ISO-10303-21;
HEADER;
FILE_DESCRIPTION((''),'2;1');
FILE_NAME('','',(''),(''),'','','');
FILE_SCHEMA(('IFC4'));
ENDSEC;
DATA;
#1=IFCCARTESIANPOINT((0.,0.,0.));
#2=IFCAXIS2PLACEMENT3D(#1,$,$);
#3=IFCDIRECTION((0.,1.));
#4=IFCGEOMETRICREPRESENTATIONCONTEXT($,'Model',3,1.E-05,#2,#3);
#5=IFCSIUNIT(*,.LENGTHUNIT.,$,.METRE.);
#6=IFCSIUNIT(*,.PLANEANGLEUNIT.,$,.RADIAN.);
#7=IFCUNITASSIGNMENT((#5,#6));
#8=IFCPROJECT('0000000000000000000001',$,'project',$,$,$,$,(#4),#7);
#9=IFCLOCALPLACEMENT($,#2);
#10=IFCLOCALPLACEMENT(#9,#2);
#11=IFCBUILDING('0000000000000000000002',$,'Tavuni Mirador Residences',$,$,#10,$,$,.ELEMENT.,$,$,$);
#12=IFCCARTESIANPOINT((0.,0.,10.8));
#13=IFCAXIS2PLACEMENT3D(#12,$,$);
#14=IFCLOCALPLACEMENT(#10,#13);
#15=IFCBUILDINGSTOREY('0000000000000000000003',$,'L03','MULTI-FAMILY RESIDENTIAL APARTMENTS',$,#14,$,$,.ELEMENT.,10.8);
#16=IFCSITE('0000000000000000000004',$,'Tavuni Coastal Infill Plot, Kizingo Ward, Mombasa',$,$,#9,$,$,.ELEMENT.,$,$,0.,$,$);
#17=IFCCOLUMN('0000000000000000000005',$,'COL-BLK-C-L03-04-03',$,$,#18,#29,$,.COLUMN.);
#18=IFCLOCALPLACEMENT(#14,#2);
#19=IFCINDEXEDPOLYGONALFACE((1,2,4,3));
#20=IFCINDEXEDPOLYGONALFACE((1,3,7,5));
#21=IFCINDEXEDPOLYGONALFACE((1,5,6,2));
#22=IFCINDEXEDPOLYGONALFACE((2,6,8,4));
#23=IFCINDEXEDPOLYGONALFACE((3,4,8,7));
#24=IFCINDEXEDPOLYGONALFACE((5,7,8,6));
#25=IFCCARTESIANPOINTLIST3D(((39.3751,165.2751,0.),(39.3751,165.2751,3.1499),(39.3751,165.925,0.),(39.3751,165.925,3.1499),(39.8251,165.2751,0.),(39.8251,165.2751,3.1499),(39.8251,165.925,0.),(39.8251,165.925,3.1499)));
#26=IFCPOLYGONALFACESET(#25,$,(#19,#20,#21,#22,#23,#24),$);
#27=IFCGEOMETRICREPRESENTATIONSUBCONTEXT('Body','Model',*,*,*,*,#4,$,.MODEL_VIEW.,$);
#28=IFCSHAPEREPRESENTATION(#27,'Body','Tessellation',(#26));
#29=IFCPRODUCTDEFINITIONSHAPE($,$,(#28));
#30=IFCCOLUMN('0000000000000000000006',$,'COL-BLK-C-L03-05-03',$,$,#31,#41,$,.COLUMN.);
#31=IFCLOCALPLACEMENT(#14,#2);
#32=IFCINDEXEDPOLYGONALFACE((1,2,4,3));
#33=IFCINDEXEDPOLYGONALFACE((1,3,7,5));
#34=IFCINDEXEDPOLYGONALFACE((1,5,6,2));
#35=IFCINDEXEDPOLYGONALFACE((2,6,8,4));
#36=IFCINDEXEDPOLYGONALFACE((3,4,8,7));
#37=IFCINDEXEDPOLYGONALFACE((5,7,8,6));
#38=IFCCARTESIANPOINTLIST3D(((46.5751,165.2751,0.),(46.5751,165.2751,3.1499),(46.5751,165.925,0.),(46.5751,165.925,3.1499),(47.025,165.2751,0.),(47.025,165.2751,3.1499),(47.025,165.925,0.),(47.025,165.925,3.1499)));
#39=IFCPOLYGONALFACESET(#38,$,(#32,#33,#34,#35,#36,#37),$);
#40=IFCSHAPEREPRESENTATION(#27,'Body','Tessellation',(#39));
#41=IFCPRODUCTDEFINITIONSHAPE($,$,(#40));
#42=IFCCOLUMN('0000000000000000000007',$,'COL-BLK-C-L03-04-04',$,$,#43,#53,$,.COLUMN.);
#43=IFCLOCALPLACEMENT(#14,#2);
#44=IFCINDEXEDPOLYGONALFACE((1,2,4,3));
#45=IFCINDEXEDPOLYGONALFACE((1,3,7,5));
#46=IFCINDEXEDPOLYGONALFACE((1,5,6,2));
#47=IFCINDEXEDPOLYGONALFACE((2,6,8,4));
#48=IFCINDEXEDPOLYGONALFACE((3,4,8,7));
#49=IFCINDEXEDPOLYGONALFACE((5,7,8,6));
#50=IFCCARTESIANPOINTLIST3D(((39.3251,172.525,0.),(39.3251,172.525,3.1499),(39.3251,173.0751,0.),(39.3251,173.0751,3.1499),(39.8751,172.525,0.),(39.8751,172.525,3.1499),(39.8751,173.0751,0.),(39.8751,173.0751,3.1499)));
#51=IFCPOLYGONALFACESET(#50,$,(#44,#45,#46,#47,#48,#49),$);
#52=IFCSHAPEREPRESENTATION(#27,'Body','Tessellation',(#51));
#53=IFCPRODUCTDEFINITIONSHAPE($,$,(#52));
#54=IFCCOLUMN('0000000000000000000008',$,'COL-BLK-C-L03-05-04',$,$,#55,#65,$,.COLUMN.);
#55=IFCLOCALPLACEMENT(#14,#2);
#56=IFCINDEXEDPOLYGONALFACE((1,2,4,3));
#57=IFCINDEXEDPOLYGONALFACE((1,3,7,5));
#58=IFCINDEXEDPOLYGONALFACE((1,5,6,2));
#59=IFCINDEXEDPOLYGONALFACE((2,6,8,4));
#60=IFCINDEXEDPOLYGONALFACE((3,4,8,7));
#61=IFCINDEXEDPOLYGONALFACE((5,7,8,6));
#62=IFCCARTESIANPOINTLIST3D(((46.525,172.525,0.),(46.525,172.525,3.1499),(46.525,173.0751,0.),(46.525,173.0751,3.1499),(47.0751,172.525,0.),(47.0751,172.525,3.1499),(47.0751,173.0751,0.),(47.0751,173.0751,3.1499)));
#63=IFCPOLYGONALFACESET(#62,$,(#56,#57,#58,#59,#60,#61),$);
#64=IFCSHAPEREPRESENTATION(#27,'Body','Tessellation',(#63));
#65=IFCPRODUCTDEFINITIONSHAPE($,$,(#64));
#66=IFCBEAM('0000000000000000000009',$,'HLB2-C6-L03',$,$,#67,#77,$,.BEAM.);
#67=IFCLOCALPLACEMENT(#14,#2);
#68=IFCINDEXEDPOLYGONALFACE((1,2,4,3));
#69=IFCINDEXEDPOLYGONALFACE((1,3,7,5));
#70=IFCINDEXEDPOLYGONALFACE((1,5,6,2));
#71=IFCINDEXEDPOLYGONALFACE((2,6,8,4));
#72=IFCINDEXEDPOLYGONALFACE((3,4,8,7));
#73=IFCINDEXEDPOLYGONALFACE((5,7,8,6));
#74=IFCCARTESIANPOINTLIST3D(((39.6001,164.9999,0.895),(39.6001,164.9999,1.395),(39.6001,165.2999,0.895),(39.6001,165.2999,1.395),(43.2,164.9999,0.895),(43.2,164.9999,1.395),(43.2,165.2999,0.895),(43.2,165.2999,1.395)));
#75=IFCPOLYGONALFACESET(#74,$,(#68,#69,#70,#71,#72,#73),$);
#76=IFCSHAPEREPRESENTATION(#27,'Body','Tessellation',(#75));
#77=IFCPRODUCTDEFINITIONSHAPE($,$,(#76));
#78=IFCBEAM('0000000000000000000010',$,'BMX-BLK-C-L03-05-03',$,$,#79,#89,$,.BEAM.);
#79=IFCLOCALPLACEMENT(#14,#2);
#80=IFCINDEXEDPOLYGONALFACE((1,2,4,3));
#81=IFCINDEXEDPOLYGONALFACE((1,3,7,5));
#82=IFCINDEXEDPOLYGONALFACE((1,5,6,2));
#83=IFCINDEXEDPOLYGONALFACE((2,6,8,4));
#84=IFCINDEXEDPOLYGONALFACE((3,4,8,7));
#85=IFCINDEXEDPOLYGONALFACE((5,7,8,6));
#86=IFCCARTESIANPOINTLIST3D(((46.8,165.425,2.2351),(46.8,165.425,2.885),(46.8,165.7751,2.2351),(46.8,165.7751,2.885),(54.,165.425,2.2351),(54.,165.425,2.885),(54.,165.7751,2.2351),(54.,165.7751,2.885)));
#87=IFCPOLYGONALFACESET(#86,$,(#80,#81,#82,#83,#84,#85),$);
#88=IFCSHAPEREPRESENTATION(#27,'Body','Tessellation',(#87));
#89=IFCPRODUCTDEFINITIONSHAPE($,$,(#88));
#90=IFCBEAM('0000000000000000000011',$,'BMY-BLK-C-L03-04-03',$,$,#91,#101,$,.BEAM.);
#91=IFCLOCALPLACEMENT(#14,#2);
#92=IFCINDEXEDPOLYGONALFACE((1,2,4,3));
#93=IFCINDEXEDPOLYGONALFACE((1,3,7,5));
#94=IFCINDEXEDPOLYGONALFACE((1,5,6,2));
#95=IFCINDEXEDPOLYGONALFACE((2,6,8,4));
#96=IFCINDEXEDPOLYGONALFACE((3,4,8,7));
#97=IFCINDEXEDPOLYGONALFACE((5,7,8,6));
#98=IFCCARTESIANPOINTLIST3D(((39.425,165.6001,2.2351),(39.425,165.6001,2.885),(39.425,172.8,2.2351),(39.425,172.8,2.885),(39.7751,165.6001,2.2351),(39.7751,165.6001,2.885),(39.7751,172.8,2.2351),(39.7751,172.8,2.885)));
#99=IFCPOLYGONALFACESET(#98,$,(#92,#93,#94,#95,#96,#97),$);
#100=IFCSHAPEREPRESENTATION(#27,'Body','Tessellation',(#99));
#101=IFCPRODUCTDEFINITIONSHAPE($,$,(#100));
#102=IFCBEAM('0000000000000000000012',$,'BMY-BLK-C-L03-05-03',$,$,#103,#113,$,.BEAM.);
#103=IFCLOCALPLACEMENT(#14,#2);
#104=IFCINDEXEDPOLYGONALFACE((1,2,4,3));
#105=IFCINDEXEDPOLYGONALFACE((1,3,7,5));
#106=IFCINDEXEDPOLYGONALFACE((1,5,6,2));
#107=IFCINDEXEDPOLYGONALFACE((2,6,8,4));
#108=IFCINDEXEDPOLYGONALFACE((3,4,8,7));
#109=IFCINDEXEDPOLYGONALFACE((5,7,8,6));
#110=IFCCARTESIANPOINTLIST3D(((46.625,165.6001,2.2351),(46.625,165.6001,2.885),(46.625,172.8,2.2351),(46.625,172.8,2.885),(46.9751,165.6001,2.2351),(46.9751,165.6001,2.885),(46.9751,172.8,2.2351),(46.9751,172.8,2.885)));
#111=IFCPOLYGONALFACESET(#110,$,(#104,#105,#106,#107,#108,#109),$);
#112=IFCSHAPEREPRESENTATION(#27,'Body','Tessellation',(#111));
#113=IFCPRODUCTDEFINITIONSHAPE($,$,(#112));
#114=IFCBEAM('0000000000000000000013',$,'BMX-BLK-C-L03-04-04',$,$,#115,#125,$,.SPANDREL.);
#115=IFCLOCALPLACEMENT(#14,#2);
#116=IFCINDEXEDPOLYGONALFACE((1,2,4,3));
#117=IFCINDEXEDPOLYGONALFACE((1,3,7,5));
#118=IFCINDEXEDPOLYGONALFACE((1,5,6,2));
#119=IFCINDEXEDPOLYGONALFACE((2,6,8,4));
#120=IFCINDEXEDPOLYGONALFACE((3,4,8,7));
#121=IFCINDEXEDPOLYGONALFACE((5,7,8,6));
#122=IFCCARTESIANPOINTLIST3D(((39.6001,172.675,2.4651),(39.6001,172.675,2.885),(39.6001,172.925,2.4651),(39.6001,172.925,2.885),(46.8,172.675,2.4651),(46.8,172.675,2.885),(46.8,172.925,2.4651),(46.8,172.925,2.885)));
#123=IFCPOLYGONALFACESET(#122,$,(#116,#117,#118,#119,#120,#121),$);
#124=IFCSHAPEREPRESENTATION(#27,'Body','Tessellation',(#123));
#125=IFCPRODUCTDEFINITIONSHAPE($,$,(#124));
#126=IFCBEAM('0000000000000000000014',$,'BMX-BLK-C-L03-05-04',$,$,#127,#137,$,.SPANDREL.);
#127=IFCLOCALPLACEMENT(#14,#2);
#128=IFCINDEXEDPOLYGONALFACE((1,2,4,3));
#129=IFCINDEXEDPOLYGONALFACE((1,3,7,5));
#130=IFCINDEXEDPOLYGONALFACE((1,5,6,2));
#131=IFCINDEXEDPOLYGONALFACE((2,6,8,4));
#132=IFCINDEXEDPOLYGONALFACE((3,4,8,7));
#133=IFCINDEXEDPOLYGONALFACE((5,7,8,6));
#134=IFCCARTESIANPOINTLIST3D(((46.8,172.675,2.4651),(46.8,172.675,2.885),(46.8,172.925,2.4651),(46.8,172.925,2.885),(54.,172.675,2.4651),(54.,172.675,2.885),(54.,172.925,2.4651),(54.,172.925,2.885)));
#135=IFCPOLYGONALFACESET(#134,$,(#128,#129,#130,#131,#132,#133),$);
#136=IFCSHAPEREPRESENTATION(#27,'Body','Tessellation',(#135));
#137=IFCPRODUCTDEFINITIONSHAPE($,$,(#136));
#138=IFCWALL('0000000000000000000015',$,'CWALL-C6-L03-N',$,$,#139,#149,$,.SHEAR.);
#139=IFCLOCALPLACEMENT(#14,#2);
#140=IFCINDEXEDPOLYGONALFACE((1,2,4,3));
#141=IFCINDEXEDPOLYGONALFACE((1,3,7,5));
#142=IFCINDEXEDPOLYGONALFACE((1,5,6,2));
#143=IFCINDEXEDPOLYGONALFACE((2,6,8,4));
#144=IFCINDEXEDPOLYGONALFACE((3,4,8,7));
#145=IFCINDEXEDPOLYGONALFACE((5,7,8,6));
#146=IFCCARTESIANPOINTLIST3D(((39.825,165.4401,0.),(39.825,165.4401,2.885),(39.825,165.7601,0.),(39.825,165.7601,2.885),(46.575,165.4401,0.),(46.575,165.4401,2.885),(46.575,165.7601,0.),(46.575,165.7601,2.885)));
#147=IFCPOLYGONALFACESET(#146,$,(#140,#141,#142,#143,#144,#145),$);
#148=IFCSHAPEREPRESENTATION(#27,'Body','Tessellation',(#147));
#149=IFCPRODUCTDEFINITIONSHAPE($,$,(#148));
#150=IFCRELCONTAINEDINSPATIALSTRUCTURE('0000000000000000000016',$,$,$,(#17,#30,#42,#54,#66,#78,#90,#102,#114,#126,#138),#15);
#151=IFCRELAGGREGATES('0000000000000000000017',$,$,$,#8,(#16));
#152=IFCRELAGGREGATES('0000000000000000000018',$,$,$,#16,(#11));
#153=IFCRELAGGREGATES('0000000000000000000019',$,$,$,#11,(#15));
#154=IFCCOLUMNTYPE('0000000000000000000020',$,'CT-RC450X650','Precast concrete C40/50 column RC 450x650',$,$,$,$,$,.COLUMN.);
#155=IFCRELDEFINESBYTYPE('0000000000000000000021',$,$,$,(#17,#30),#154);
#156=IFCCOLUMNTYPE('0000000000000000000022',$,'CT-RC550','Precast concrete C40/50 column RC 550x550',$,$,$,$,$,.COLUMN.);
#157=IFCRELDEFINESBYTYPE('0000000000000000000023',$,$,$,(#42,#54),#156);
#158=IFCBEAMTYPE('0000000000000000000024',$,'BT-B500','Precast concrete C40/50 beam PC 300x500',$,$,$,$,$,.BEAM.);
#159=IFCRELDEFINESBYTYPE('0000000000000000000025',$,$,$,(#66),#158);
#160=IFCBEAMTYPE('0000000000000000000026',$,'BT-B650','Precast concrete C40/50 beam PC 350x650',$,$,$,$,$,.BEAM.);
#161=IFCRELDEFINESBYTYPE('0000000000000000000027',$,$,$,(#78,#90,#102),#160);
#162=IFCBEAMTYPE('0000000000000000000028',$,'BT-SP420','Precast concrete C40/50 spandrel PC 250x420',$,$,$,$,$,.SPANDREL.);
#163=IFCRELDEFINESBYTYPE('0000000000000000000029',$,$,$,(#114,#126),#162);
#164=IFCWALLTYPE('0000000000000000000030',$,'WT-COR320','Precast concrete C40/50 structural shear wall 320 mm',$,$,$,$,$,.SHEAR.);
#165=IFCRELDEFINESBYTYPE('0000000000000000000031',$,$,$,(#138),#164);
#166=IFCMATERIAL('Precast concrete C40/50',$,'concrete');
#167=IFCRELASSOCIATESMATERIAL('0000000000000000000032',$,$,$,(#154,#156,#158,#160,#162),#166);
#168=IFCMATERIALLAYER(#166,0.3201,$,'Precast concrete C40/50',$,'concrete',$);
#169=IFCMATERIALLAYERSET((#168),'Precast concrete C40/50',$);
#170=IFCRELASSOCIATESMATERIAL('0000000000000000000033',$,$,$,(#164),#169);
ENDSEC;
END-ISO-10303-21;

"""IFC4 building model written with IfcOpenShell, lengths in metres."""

from ifc_helpers import new_model, si_unit, direction, frame, frame_2d, origin, origin_2d, place, context, subcontext, project, spatial, rectangle, extrude, material, layer, layer_set, material_profile, profile_set, type_object, element, save


model = new_model("IFC4")

# Units and contexts
model_context = context("Model", 3, precision=1e-05, world=origin(), true_north=direction((0.0, 1.0)))
body_context = subcontext(model_context, "Body", "Model", "MODEL_VIEW")
ifc_project = project(units=[si_unit("LENGTHUNIT", "METRE"), si_unit("PLANEANGLEUNIT", "RADIAN")], contexts=[model_context])

# Site, building, storey
site_placement = place(None, origin())
site = spatial("IfcSite", under=ifc_project, at=site_placement, Name="Tavuni Coastal Infill Plot, Kizingo Ward, Mombasa", CompositionType="ELEMENT", RefElevation=0.0)
building_placement = place(site_placement, origin())
building = spatial("IfcBuilding", under=site, at=building_placement, Name="Tavuni Mirador Residences", CompositionType="ELEMENT")
storey_placement = place(building_placement, frame((0.0, 0.0, 10.8)))
storey = spatial("IfcBuildingStorey", under=building, at=storey_placement, Name="L03", Description="MULTI-FAMILY RESIDENTIAL APARTMENTS", CompositionType="ELEMENT", Elevation=10.8)

# Columns
ifc_material_1 = material(Name="Precast concrete C40/50", Category="concrete")
ifc_material_profile_1 = material_profile(ifc_material_1, rectangle(XDim=0.45, YDim=0.6499, at=origin_2d()), Name="RC 450x650", Category="concrete")
ifc_profile_set_1 = profile_set([ifc_material_profile_1], Name="Precast concrete C40/50")
column_type_1 = type_object("IfcColumnType", Name="CT-RC450X650", Description="Precast concrete C40/50 column RC 450x650", PredefinedType="COLUMN", material=ifc_profile_set_1)
for number, where, z_axis, x_axis, name in (
    (1, (39.6001, 165.6001, 0.0), (0.0, 0.0, 1.0), (1.0, 0.0, 0.0), "COL-BLK-C-L03-04-03"),
    (2, (46.8, 165.6001, 0.0), (0.0, 0.0, 1.0), (1.0, 0.0, 0.0), "COL-BLK-C-L03-05-03"),
):
    element("IfcColumn", number, at=place(storey_placement, frame(where, z_axis=z_axis, x_axis=x_axis)), inside=storey, type_object=column_type_1, Name=name, PredefinedType="COLUMN", context=body_context, shape_type="SweptSolid", body=[
        extrude(rectangle(XDim=0.45, YDim=0.6499, at=origin_2d()), origin(), (0.0, 0.0, 1.0), 3.1499),
    ])
ifc_material_profile_2 = material_profile(ifc_material_1, rectangle(XDim=0.55, YDim=0.55, at=origin_2d()), Name="RC 550x550", Category="concrete")
ifc_profile_set_2 = profile_set([ifc_material_profile_2], Name="Precast concrete C40/50")
column_type_2 = type_object("IfcColumnType", Name="CT-RC550", Description="Precast concrete C40/50 column RC 550x550", PredefinedType="COLUMN", material=ifc_profile_set_2)
for number, where, z_axis, x_axis, name in (
    (3, (39.6001, 172.8, 0.0), (0.0, 0.0, 1.0), (1.0, 0.0, 0.0), "COL-BLK-C-L03-04-04"),
    (4, (46.8, 172.8, 0.0), (0.0, 0.0, 1.0), (1.0, 0.0, 0.0), "COL-BLK-C-L03-05-04"),
):
    element("IfcColumn", number, at=place(storey_placement, frame(where, z_axis=z_axis, x_axis=x_axis)), inside=storey, type_object=column_type_2, Name=name, PredefinedType="COLUMN", context=body_context, shape_type="SweptSolid", body=[
        extrude(rectangle(XDim=0.55, YDim=0.55, at=origin_2d()), origin(), (0.0, 0.0, 1.0), 3.1499),
    ])

# Beams
ifc_material_profile_3 = material_profile(ifc_material_1, rectangle(XDim=0.3, YDim=0.5, at=origin_2d()), Name="PC 300x500", Category="concrete")
ifc_profile_set_3 = profile_set([ifc_material_profile_3], Name="Precast concrete C40/50")
beam_type_1 = type_object("IfcBeamType", Name="BT-B500", Description="Precast concrete C40/50 beam PC 300x500", PredefinedType="BEAM", material=ifc_profile_set_3)
beam_placement = place(storey_placement, frame((39.6001, 165.1499, 1.145), z_axis=(1.0, 0.0, 0.0), x_axis=(0.0, 1.0, 0.0)))
element("IfcBeam", 5, at=beam_placement, inside=storey, type_object=beam_type_1, Name="HLB2-C6-L03", PredefinedType="BEAM", context=body_context, shape_type="SweptSolid", body=[
    extrude(rectangle(XDim=0.3, YDim=0.5, at=origin_2d()), origin(), (0.0, 0.0, 1.0), 3.5999),
])
ifc_material_profile_4 = material_profile(ifc_material_1, rectangle(XDim=0.3501, YDim=0.6499, at=origin_2d()), Name="PC 350x650", Category="concrete")
ifc_profile_set_4 = profile_set([ifc_material_profile_4], Name="Precast concrete C40/50")
beam_type_2 = type_object("IfcBeamType", Name="BT-B650", Description="Precast concrete C40/50 beam PC 350x650", PredefinedType="BEAM", material=ifc_profile_set_4)
for number, where, z_axis, x_axis, name in (
    (6, (46.8, 165.6001, 2.5601), (1.0, 0.0, 0.0), (0.0, 1.0, 0.0), "BMX-BLK-C-L03-05-03"),
    (7, (39.6001, 165.6001, 2.5601), (0.0, 1.0, 0.0), (-1.0, 0.0, 0.0), "BMY-BLK-C-L03-04-03"),
    (8, (46.8, 165.6001, 2.5601), (0.0, 1.0, 0.0), (-1.0, 0.0, 0.0), "BMY-BLK-C-L03-05-03"),
):
    element("IfcBeam", number, at=place(storey_placement, frame(where, z_axis=z_axis, x_axis=x_axis)), inside=storey, type_object=beam_type_2, Name=name, PredefinedType="BEAM", context=body_context, shape_type="SweptSolid", body=[
        extrude(rectangle(XDim=0.3501, YDim=0.6499, at=origin_2d()), origin(), (0.0, 0.0, 1.0), 7.2),
    ])
ifc_material_profile_5 = material_profile(ifc_material_1, rectangle(XDim=0.25, YDim=0.4199, at=origin_2d()), Name="PC 250x420", Category="concrete")
ifc_profile_set_5 = profile_set([ifc_material_profile_5], Name="Precast concrete C40/50")
beam_type_3 = type_object("IfcBeamType", Name="BT-SP420", Description="Precast concrete C40/50 spandrel PC 250x420", PredefinedType="SPANDREL", material=ifc_profile_set_5)
for number, where, z_axis, x_axis, name in (
    (9, (39.6001, 172.8, 2.675), (1.0, 0.0, 0.0), (0.0, 1.0, 0.0), "BMX-BLK-C-L03-04-04"),
    (10, (46.8, 172.8, 2.675), (1.0, 0.0, 0.0), (0.0, 1.0, 0.0), "BMX-BLK-C-L03-05-04"),
):
    element("IfcBeam", number, at=place(storey_placement, frame(where, z_axis=z_axis, x_axis=x_axis)), inside=storey, type_object=beam_type_3, Name=name, PredefinedType="SPANDREL", context=body_context, shape_type="SweptSolid", body=[
        extrude(rectangle(XDim=0.25, YDim=0.4199, at=origin_2d()), origin(), (0.0, 0.0, 1.0), 7.2),
    ])

# Wall
ifc_layer_1 = layer(ifc_material_1, 0.3201, Name="Precast concrete C40/50", Category="concrete")
ifc_layer_set_1 = layer_set([ifc_layer_1], Name="Precast concrete C40/50")
wall_type_1 = type_object("IfcWallType", Name="WT-COR320", Description="Precast concrete C40/50 structural shear wall 320 mm", PredefinedType="SHEAR", material=ifc_layer_set_1)
wall_1_placement = place(storey_placement, frame((39.825, 165.6001, 0.0), z_axis=(0.0, 0.0, 1.0), x_axis=(1.0, 0.0, 0.0)))
element("IfcWall", 11, at=wall_1_placement, inside=storey, type_object=wall_type_1, Name="CWALL-C6-L03-N", PredefinedType="SHEAR", context=body_context, shape_type="SweptSolid", body=[
    extrude(rectangle(XDim=6.75, YDim=0.3201, at=frame_2d((3.375, 0.0))), origin(), (0.0, 0.0, 1.0), 2.885),
])

save(model, "model.ifc")
